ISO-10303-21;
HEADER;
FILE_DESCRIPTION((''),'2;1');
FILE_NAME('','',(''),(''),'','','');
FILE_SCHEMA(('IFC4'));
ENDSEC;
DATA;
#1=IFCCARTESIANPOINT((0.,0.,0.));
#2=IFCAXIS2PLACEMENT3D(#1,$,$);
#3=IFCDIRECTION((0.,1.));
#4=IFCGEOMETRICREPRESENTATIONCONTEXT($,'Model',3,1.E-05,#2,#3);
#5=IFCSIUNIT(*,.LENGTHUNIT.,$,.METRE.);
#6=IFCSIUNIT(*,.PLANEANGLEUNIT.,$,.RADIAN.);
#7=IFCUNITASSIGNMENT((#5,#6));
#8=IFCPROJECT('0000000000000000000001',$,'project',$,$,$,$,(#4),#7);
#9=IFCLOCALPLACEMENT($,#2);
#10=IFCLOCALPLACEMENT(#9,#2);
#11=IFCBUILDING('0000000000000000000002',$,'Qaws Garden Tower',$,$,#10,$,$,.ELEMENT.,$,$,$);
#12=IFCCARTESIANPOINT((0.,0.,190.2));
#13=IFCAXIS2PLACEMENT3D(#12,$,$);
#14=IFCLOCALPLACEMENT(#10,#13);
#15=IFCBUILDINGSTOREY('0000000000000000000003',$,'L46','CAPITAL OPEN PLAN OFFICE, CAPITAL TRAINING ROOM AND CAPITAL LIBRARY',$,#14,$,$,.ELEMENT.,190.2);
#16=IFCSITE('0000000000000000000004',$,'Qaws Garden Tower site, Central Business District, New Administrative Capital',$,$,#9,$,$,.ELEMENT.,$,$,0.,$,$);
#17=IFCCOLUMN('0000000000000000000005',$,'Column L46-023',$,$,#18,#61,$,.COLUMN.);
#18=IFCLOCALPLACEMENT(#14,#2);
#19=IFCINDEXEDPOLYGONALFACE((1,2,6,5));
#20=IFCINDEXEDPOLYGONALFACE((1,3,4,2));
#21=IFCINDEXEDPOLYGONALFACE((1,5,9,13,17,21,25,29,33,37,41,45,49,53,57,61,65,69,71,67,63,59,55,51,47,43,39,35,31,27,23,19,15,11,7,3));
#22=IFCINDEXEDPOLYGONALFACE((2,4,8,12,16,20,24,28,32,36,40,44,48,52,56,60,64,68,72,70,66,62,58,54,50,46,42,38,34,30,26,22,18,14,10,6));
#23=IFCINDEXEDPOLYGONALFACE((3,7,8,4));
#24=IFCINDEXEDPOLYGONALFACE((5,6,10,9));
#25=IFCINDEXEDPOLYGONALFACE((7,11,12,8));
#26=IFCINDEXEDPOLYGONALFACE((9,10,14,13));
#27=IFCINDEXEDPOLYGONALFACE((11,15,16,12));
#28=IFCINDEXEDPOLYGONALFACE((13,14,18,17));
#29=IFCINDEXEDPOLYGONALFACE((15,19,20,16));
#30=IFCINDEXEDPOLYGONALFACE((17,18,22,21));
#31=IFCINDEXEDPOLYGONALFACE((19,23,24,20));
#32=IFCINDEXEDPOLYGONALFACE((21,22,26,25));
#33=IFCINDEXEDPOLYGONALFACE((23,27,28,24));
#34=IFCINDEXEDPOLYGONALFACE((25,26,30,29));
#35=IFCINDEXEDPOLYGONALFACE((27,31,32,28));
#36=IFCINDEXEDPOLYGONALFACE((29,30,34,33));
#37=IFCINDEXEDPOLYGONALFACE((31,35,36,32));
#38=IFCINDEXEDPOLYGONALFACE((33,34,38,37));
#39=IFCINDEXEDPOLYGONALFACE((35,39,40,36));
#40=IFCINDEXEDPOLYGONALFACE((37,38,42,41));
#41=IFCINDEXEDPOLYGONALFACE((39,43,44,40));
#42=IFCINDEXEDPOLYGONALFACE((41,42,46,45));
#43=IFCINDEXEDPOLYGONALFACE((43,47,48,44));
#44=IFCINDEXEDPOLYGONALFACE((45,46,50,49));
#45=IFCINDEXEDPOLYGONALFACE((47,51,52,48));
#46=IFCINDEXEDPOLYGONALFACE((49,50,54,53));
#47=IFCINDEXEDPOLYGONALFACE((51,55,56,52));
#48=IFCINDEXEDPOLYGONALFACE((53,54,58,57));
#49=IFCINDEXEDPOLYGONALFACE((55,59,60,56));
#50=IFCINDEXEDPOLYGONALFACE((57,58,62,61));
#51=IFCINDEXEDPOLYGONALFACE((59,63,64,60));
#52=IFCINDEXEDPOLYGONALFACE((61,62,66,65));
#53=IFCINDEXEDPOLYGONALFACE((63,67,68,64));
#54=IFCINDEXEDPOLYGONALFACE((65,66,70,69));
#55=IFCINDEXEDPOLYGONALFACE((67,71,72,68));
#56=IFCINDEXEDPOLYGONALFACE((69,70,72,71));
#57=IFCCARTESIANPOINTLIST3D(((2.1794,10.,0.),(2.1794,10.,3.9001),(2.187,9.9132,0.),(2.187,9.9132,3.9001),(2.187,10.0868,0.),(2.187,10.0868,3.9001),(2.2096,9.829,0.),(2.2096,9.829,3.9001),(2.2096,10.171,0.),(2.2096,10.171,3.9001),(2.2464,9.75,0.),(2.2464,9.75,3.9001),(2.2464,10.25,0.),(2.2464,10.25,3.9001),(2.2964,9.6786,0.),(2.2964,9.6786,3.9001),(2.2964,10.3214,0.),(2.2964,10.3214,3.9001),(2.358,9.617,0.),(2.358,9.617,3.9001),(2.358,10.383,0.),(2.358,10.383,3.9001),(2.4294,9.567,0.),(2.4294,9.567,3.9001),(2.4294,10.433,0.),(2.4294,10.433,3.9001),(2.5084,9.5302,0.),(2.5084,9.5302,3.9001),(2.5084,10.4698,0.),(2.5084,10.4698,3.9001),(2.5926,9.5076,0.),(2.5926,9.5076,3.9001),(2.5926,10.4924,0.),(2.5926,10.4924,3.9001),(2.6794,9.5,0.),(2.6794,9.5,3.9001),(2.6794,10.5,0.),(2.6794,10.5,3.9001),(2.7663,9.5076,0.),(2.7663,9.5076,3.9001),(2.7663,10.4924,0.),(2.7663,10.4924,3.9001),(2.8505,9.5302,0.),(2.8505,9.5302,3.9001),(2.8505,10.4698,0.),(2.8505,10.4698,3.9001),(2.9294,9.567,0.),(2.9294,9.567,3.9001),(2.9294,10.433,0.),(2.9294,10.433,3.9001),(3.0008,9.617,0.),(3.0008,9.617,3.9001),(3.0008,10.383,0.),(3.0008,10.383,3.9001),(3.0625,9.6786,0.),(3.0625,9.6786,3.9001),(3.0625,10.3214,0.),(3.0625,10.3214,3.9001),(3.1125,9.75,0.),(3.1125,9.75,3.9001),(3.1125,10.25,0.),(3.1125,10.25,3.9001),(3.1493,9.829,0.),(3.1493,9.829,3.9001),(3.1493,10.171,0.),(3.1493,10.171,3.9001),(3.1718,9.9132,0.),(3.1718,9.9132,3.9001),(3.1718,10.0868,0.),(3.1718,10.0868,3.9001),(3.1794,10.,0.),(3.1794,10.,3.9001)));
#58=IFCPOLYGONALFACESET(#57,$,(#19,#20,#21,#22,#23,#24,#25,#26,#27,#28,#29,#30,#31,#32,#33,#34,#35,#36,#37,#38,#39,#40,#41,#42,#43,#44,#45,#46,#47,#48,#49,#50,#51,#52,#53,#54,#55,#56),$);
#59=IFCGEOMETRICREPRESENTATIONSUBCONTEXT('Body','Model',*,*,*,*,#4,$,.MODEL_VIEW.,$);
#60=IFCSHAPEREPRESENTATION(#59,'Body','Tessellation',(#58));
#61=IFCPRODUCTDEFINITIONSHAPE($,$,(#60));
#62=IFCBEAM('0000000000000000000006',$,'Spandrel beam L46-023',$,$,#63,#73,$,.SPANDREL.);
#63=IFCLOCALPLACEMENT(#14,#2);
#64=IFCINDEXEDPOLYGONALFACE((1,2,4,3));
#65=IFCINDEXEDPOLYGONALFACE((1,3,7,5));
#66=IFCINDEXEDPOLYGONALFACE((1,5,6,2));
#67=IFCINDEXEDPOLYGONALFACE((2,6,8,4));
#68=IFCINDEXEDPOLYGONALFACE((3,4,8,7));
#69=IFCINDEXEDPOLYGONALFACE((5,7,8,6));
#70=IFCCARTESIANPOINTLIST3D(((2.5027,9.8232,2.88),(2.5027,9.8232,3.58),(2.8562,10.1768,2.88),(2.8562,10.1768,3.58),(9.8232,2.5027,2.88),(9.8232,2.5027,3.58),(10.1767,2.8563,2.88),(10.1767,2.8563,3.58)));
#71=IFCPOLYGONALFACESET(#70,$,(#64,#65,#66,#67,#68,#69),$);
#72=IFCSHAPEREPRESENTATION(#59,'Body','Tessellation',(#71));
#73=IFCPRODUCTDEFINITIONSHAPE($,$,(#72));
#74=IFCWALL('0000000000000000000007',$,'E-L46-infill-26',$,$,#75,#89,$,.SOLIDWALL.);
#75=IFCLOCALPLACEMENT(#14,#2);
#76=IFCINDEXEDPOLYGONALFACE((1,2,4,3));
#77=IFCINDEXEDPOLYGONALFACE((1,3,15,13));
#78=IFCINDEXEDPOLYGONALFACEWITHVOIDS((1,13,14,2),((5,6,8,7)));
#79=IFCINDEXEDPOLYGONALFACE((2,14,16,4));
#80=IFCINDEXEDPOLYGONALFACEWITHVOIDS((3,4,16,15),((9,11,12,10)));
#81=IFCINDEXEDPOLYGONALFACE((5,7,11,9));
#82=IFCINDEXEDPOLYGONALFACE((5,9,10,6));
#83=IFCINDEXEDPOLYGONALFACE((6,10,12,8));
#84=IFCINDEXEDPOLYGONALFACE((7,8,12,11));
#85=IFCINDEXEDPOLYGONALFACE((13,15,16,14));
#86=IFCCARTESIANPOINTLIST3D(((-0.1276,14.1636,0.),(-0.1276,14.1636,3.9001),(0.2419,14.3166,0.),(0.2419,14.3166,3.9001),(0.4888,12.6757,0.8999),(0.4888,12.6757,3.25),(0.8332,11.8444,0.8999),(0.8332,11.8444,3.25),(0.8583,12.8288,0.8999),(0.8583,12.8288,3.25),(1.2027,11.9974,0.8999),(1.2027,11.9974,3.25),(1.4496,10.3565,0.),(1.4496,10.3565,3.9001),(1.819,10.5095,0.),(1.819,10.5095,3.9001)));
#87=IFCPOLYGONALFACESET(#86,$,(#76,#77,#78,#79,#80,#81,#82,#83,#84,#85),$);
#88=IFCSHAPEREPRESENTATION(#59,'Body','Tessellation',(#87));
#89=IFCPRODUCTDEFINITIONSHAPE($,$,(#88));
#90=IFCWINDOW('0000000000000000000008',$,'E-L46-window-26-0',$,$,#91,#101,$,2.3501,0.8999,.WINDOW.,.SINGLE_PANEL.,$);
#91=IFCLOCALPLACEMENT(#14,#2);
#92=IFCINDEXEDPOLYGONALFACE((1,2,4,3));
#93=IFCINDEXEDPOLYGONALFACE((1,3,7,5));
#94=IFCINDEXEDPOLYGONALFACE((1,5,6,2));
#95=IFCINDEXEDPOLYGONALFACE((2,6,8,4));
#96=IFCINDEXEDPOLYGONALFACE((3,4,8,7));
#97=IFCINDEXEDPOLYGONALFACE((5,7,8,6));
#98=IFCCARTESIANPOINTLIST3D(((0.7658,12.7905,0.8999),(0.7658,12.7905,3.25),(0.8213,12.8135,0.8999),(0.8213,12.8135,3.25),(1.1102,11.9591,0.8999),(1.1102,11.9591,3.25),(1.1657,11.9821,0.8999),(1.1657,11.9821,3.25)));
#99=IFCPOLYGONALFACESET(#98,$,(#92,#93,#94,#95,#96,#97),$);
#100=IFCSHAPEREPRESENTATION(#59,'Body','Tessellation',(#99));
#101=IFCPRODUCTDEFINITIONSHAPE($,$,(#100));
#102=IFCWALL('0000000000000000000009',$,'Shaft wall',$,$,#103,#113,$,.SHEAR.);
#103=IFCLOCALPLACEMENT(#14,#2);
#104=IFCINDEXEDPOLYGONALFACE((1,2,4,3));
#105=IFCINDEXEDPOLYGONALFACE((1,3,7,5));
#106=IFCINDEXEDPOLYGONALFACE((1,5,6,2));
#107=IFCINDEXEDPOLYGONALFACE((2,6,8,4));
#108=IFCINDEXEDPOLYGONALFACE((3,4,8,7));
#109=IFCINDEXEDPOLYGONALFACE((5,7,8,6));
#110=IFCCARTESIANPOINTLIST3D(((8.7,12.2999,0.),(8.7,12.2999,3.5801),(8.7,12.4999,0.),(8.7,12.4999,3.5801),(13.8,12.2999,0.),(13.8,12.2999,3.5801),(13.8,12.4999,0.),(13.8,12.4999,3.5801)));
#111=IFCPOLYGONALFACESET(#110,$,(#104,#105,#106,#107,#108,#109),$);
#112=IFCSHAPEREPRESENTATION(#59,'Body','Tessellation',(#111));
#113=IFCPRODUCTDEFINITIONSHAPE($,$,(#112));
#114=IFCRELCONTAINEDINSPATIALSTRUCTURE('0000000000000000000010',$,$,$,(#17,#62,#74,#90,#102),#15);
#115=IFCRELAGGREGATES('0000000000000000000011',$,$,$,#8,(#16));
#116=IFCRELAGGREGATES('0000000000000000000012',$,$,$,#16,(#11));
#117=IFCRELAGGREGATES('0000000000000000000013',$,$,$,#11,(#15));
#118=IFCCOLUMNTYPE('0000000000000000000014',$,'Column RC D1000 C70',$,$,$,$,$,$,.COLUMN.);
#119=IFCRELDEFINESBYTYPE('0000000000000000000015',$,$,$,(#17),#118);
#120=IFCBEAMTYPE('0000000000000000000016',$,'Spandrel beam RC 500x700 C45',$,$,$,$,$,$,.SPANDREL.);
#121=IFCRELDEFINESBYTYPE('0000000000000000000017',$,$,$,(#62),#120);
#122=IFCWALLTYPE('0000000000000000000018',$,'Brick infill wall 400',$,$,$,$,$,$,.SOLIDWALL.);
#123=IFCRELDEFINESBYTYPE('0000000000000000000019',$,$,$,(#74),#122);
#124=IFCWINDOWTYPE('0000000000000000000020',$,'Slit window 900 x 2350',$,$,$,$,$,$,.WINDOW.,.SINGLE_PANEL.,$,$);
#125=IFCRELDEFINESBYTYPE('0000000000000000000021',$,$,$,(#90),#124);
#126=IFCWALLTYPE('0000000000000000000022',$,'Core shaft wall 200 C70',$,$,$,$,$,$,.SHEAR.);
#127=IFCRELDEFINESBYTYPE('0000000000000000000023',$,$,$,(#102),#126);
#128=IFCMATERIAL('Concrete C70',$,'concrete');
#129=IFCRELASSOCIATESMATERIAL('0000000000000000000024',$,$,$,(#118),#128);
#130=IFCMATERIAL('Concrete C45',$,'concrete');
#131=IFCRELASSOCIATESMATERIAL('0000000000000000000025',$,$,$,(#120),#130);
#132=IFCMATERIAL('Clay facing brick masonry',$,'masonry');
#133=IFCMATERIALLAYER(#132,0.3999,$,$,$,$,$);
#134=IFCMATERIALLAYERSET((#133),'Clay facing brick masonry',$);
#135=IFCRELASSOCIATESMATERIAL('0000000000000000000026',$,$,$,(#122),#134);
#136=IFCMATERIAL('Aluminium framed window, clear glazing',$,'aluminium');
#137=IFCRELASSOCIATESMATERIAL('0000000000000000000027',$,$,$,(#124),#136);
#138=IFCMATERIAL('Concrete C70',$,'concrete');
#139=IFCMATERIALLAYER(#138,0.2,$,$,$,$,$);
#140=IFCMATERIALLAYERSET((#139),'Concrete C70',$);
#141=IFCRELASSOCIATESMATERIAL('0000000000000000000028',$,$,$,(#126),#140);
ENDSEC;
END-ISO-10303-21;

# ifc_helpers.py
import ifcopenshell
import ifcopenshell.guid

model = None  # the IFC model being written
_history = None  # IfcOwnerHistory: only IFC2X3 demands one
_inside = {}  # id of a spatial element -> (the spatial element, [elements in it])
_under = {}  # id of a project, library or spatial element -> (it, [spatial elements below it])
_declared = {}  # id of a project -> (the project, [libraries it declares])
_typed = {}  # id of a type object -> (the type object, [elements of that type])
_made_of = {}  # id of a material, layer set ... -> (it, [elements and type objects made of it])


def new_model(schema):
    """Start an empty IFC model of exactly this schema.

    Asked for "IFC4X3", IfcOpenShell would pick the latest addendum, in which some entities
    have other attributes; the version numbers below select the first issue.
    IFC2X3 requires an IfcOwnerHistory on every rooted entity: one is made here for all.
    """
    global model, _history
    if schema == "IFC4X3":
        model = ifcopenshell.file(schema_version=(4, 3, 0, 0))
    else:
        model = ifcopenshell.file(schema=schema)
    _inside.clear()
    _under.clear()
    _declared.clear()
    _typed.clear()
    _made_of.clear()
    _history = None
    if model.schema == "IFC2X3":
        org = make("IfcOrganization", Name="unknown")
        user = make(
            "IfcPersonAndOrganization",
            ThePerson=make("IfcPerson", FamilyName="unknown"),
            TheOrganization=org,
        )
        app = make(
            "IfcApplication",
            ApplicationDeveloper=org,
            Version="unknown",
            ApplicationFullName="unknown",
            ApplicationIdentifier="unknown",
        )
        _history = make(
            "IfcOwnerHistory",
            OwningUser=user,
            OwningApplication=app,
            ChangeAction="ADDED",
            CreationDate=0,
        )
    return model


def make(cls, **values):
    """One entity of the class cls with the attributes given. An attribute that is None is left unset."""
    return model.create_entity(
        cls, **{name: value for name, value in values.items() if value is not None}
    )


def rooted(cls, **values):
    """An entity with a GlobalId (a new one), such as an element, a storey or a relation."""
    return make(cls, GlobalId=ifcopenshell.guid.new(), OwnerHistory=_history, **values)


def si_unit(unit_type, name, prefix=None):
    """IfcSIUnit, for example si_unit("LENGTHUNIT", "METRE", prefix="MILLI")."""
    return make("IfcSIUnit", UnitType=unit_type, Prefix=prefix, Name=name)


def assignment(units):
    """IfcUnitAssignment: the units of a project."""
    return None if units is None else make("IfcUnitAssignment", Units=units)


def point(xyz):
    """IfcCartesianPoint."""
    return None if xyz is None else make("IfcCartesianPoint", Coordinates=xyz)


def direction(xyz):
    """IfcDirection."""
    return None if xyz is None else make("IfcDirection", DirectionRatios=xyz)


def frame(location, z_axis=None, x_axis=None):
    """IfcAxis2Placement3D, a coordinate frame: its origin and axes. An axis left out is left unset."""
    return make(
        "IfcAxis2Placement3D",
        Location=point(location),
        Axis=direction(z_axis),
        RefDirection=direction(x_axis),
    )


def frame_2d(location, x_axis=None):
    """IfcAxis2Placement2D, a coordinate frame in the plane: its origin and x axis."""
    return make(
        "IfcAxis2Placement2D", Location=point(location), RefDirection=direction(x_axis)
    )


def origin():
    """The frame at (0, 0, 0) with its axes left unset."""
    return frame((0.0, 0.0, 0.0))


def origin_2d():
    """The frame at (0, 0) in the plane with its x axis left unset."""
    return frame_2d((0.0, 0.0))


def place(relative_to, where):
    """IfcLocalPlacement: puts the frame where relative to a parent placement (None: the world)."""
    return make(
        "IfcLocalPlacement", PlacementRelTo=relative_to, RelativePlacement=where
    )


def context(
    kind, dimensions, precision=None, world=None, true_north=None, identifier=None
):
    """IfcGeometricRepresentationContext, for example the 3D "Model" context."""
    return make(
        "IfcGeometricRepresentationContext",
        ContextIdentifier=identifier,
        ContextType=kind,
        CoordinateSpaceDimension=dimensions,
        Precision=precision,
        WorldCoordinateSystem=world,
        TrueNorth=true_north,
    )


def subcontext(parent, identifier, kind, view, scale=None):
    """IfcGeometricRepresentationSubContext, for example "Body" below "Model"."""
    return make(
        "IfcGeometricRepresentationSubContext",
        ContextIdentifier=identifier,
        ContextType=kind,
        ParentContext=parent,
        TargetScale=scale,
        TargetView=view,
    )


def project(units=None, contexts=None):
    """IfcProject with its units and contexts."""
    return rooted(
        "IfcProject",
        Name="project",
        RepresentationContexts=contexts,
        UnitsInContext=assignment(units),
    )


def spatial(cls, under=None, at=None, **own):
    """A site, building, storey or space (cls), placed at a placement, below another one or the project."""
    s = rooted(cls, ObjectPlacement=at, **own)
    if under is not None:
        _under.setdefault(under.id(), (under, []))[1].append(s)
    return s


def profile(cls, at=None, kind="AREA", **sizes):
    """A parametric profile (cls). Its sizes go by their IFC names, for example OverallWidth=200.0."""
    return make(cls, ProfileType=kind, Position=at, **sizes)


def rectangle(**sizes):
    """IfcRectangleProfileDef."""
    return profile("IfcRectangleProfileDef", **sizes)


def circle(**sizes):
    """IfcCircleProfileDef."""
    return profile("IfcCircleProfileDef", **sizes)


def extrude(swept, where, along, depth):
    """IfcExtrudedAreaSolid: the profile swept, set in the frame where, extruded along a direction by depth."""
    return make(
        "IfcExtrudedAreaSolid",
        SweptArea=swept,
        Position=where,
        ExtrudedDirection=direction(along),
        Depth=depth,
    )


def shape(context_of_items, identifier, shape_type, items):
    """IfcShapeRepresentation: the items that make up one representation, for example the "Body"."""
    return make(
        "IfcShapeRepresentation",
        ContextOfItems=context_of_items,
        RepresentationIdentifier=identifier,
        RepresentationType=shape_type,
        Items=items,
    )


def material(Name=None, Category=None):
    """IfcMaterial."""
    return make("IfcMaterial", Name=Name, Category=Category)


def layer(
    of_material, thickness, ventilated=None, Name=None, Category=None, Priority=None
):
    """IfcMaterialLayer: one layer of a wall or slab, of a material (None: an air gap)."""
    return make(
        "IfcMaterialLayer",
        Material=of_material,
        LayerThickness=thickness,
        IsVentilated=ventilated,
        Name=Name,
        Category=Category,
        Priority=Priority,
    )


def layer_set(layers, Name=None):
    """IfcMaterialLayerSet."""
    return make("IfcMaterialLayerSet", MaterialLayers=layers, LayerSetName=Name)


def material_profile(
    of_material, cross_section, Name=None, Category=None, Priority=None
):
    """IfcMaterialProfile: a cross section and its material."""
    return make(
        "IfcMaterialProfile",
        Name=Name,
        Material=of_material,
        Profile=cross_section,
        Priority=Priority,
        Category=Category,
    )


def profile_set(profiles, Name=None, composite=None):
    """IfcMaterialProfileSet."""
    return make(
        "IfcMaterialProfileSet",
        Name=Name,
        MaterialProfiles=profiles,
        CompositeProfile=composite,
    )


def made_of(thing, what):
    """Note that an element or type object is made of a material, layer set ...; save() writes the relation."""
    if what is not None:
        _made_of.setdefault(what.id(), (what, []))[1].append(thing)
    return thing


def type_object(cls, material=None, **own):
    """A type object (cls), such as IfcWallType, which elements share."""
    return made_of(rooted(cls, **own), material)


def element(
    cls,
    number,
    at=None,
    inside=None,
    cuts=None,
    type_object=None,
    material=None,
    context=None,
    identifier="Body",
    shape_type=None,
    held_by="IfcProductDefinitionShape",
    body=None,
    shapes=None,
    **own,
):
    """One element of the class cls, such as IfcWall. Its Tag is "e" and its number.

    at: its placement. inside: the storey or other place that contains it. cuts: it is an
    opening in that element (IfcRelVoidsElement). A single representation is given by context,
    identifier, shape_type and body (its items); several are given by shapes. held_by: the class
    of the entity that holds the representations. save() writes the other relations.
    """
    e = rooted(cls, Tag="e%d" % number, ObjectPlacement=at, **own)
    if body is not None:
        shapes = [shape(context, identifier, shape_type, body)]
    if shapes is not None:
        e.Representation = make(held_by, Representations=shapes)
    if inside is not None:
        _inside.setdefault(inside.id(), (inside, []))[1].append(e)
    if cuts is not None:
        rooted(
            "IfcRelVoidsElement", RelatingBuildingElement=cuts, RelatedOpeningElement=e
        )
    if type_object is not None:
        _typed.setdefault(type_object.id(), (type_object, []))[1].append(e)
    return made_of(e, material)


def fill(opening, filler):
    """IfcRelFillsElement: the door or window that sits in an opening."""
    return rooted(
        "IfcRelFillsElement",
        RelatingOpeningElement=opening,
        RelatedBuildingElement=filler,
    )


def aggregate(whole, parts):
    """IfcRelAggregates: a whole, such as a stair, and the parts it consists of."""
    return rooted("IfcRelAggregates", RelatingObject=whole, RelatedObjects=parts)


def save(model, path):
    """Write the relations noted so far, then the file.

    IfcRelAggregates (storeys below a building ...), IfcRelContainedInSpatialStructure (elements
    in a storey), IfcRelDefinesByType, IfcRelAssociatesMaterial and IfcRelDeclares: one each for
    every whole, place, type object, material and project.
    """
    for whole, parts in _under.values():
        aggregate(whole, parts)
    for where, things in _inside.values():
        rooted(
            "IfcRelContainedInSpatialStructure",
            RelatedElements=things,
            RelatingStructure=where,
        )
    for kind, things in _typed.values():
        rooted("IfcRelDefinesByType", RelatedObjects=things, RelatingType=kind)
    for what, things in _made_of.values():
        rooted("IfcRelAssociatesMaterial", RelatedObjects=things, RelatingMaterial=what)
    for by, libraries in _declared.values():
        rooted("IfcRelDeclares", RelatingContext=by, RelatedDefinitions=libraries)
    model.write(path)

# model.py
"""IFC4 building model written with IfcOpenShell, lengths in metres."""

from ifc_helpers import new_model, si_unit, direction, frame, frame_2d, origin, origin_2d, place, context, subcontext, project, spatial, rectangle, circle, extrude, material, layer, layer_set, material_profile, profile_set, type_object, element, fill, save


model = new_model("IFC4")

# Units and contexts
model_context = context("Model", 3, precision=1e-05, world=origin(), true_north=direction((0.0, 1.0)))
body_context = subcontext(model_context, "Body", "Model", "MODEL_VIEW")
ifc_project = project(units=[si_unit("LENGTHUNIT", "METRE"), si_unit("PLANEANGLEUNIT", "RADIAN")], contexts=[model_context])

# Site, building, storey
site_placement = place(None, origin())
site = spatial("IfcSite", under=ifc_project, at=site_placement, Name="Qaws Garden Tower site, Central Business District, New Administrative Capital", CompositionType="ELEMENT", RefElevation=0.0)
building_placement = place(site_placement, origin())
building = spatial("IfcBuilding", under=site, at=building_placement, Name="Qaws Garden Tower", CompositionType="ELEMENT")
storey_placement = place(building_placement, frame((0.0, 0.0, 190.2)))
storey = spatial("IfcBuildingStorey", under=building, at=storey_placement, Name="L46", Description="CAPITAL OPEN PLAN OFFICE, CAPITAL TRAINING ROOM AND CAPITAL LIBRARY", CompositionType="ELEMENT", Elevation=190.2)

# Column
ifc_material_1 = material(Name="Concrete C70", Category="concrete")
ifc_material_profile_1 = material_profile(ifc_material_1, circle(Radius=0.5, at=origin_2d()), Name="RC D1000")
ifc_profile_set_1 = profile_set([ifc_material_profile_1], Name="Concrete C70")
column_type = type_object("IfcColumnType", Name="Column RC D1000 C70", PredefinedType="COLUMN", material=ifc_profile_set_1)
column_placement = place(storey_placement, frame((2.6794, 10.0, 0.0), z_axis=(0.0, 0.0, 1.0), x_axis=(1.0, 0.0, 0.0)))
element("IfcColumn", 1, at=column_placement, inside=storey, type_object=column_type, Name="Column L46-023", PredefinedType="COLUMN", context=body_context, shape_type="SweptSolid", body=[
    extrude(circle(Radius=0.5, at=origin_2d()), origin(), (0.0, 0.0, 1.0), 3.9001),
])

# Beam
ifc_material_2 = material(Name="Concrete C45", Category="concrete")
ifc_material_profile_2 = material_profile(ifc_material_2, rectangle(XDim=0.5, YDim=0.7, at=origin_2d()), Name="RC 500x700")
ifc_profile_set_2 = profile_set([ifc_material_profile_2], Name="Concrete C45")
beam_type = type_object("IfcBeamType", Name="Spandrel beam RC 500x700 C45", PredefinedType="SPANDREL", material=ifc_profile_set_2)
beam_placement = place(storey_placement, frame((2.6794, 10.0, 3.23), z_axis=(0.707107, -0.707107, 0.0), x_axis=(0.707107, 0.707107, 0.0)))
element("IfcBeam", 2, at=beam_placement, inside=storey, type_object=beam_type, Name="Spandrel beam L46-023", PredefinedType="SPANDREL", context=body_context, shape_type="SweptSolid", body=[
    extrude(rectangle(XDim=0.5, YDim=0.7, at=origin_2d()), origin(), (0.0, 0.0, 1.0), 10.3528),
])

# Wall, opening, window
ifc_material_3 = material(Name="Clay facing brick masonry", Category="masonry")
ifc_layer_1 = layer(ifc_material_3, 0.3999)
ifc_layer_set_1 = layer_set([ifc_layer_1], Name="Clay facing brick masonry")
wall_type_1 = type_object("IfcWallType", Name="Brick infill wall 400", PredefinedType="SOLIDWALL", material=ifc_layer_set_1)
wall_1_placement = place(storey_placement, frame((0.0571, 14.2402, 0.0), z_axis=(0.0, 0.0, 1.0), x_axis=(0.382722, -0.923864, 0.0)))
wall_1 = element("IfcWall", 3, at=wall_1_placement, inside=storey, type_object=wall_type_1, Name="E-L46-infill-26", PredefinedType="SOLIDWALL", context=body_context, shape_type="SweptSolid", body=[
    extrude(rectangle(XDim=4.1208, YDim=0.3999, at=frame_2d((2.0605, 0.0))), origin(), (0.0, 0.0, 1.0), 3.9001),
])
opening_1_placement = place(wall_1_placement, frame((1.6106, 0.0, 0.8999)))
opening_1 = element("IfcOpeningElement", 4, at=opening_1_placement, cuts=wall_1, PredefinedType="OPENING", context=body_context, shape_type="SweptSolid", body=[
    extrude(rectangle(XDim=0.8999, YDim=2.3501, at=frame_2d((0.45, 1.175))), frame((0.0, 0.21, 0.0), z_axis=(0.0, -1.0, 0.0), x_axis=(1.0, 0.0, 0.0)), (0.0, 0.0, 1.0), 0.4199),
])
ifc_material_4 = material(Name="Aluminium framed window, clear glazing", Category="aluminium")
window_type = type_object("IfcWindowType", Name="Slit window 900 x 2350", PartitioningType="SINGLE_PANEL", PredefinedType="WINDOW", material=ifc_material_4)
window_placement = place(opening_1_placement, origin())
window = element("IfcWindow", 5, at=window_placement, inside=storey, type_object=window_type, Name="E-L46-window-26-0", OverallHeight=2.3501, OverallWidth=0.8999, PartitioningType="SINGLE_PANEL", PredefinedType="WINDOW", context=body_context, shape_type="SweptSolid", body=[
    extrude(rectangle(XDim=0.8999, YDim=2.3501, at=frame_2d((0.45, 1.175))), frame((0.0, 0.1599, 0.0), z_axis=(0.0, -1.0, 0.0), x_axis=(1.0, 0.0, 0.0)), (0.0, 0.0, 1.0), 0.0601),
])
fill(opening_1, window)

# Wall
ifc_material_5 = material(Name="Concrete C70", Category="concrete")
ifc_layer_2 = layer(ifc_material_5, 0.2)
ifc_layer_set_2 = layer_set([ifc_layer_2], Name="Concrete C70")
wall_type_2 = type_object("IfcWallType", Name="Core shaft wall 200 C70", PredefinedType="SHEAR", material=ifc_layer_set_2)
wall_2_placement = place(storey_placement, frame((8.7, 12.3999, 0.0), z_axis=(0.0, 0.0, 1.0), x_axis=(1.0, 0.0, 0.0)))
element("IfcWall", 6, at=wall_2_placement, inside=storey, type_object=wall_type_2, Name="Shaft wall", PredefinedType="SHEAR", context=body_context, shape_type="SweptSolid", body=[
    extrude(rectangle(XDim=5.1001, YDim=0.2, at=frame_2d((2.55, 0.0))), origin(), (0.0, 0.0, 1.0), 3.5801),
])

save(model, "model.ifc")
